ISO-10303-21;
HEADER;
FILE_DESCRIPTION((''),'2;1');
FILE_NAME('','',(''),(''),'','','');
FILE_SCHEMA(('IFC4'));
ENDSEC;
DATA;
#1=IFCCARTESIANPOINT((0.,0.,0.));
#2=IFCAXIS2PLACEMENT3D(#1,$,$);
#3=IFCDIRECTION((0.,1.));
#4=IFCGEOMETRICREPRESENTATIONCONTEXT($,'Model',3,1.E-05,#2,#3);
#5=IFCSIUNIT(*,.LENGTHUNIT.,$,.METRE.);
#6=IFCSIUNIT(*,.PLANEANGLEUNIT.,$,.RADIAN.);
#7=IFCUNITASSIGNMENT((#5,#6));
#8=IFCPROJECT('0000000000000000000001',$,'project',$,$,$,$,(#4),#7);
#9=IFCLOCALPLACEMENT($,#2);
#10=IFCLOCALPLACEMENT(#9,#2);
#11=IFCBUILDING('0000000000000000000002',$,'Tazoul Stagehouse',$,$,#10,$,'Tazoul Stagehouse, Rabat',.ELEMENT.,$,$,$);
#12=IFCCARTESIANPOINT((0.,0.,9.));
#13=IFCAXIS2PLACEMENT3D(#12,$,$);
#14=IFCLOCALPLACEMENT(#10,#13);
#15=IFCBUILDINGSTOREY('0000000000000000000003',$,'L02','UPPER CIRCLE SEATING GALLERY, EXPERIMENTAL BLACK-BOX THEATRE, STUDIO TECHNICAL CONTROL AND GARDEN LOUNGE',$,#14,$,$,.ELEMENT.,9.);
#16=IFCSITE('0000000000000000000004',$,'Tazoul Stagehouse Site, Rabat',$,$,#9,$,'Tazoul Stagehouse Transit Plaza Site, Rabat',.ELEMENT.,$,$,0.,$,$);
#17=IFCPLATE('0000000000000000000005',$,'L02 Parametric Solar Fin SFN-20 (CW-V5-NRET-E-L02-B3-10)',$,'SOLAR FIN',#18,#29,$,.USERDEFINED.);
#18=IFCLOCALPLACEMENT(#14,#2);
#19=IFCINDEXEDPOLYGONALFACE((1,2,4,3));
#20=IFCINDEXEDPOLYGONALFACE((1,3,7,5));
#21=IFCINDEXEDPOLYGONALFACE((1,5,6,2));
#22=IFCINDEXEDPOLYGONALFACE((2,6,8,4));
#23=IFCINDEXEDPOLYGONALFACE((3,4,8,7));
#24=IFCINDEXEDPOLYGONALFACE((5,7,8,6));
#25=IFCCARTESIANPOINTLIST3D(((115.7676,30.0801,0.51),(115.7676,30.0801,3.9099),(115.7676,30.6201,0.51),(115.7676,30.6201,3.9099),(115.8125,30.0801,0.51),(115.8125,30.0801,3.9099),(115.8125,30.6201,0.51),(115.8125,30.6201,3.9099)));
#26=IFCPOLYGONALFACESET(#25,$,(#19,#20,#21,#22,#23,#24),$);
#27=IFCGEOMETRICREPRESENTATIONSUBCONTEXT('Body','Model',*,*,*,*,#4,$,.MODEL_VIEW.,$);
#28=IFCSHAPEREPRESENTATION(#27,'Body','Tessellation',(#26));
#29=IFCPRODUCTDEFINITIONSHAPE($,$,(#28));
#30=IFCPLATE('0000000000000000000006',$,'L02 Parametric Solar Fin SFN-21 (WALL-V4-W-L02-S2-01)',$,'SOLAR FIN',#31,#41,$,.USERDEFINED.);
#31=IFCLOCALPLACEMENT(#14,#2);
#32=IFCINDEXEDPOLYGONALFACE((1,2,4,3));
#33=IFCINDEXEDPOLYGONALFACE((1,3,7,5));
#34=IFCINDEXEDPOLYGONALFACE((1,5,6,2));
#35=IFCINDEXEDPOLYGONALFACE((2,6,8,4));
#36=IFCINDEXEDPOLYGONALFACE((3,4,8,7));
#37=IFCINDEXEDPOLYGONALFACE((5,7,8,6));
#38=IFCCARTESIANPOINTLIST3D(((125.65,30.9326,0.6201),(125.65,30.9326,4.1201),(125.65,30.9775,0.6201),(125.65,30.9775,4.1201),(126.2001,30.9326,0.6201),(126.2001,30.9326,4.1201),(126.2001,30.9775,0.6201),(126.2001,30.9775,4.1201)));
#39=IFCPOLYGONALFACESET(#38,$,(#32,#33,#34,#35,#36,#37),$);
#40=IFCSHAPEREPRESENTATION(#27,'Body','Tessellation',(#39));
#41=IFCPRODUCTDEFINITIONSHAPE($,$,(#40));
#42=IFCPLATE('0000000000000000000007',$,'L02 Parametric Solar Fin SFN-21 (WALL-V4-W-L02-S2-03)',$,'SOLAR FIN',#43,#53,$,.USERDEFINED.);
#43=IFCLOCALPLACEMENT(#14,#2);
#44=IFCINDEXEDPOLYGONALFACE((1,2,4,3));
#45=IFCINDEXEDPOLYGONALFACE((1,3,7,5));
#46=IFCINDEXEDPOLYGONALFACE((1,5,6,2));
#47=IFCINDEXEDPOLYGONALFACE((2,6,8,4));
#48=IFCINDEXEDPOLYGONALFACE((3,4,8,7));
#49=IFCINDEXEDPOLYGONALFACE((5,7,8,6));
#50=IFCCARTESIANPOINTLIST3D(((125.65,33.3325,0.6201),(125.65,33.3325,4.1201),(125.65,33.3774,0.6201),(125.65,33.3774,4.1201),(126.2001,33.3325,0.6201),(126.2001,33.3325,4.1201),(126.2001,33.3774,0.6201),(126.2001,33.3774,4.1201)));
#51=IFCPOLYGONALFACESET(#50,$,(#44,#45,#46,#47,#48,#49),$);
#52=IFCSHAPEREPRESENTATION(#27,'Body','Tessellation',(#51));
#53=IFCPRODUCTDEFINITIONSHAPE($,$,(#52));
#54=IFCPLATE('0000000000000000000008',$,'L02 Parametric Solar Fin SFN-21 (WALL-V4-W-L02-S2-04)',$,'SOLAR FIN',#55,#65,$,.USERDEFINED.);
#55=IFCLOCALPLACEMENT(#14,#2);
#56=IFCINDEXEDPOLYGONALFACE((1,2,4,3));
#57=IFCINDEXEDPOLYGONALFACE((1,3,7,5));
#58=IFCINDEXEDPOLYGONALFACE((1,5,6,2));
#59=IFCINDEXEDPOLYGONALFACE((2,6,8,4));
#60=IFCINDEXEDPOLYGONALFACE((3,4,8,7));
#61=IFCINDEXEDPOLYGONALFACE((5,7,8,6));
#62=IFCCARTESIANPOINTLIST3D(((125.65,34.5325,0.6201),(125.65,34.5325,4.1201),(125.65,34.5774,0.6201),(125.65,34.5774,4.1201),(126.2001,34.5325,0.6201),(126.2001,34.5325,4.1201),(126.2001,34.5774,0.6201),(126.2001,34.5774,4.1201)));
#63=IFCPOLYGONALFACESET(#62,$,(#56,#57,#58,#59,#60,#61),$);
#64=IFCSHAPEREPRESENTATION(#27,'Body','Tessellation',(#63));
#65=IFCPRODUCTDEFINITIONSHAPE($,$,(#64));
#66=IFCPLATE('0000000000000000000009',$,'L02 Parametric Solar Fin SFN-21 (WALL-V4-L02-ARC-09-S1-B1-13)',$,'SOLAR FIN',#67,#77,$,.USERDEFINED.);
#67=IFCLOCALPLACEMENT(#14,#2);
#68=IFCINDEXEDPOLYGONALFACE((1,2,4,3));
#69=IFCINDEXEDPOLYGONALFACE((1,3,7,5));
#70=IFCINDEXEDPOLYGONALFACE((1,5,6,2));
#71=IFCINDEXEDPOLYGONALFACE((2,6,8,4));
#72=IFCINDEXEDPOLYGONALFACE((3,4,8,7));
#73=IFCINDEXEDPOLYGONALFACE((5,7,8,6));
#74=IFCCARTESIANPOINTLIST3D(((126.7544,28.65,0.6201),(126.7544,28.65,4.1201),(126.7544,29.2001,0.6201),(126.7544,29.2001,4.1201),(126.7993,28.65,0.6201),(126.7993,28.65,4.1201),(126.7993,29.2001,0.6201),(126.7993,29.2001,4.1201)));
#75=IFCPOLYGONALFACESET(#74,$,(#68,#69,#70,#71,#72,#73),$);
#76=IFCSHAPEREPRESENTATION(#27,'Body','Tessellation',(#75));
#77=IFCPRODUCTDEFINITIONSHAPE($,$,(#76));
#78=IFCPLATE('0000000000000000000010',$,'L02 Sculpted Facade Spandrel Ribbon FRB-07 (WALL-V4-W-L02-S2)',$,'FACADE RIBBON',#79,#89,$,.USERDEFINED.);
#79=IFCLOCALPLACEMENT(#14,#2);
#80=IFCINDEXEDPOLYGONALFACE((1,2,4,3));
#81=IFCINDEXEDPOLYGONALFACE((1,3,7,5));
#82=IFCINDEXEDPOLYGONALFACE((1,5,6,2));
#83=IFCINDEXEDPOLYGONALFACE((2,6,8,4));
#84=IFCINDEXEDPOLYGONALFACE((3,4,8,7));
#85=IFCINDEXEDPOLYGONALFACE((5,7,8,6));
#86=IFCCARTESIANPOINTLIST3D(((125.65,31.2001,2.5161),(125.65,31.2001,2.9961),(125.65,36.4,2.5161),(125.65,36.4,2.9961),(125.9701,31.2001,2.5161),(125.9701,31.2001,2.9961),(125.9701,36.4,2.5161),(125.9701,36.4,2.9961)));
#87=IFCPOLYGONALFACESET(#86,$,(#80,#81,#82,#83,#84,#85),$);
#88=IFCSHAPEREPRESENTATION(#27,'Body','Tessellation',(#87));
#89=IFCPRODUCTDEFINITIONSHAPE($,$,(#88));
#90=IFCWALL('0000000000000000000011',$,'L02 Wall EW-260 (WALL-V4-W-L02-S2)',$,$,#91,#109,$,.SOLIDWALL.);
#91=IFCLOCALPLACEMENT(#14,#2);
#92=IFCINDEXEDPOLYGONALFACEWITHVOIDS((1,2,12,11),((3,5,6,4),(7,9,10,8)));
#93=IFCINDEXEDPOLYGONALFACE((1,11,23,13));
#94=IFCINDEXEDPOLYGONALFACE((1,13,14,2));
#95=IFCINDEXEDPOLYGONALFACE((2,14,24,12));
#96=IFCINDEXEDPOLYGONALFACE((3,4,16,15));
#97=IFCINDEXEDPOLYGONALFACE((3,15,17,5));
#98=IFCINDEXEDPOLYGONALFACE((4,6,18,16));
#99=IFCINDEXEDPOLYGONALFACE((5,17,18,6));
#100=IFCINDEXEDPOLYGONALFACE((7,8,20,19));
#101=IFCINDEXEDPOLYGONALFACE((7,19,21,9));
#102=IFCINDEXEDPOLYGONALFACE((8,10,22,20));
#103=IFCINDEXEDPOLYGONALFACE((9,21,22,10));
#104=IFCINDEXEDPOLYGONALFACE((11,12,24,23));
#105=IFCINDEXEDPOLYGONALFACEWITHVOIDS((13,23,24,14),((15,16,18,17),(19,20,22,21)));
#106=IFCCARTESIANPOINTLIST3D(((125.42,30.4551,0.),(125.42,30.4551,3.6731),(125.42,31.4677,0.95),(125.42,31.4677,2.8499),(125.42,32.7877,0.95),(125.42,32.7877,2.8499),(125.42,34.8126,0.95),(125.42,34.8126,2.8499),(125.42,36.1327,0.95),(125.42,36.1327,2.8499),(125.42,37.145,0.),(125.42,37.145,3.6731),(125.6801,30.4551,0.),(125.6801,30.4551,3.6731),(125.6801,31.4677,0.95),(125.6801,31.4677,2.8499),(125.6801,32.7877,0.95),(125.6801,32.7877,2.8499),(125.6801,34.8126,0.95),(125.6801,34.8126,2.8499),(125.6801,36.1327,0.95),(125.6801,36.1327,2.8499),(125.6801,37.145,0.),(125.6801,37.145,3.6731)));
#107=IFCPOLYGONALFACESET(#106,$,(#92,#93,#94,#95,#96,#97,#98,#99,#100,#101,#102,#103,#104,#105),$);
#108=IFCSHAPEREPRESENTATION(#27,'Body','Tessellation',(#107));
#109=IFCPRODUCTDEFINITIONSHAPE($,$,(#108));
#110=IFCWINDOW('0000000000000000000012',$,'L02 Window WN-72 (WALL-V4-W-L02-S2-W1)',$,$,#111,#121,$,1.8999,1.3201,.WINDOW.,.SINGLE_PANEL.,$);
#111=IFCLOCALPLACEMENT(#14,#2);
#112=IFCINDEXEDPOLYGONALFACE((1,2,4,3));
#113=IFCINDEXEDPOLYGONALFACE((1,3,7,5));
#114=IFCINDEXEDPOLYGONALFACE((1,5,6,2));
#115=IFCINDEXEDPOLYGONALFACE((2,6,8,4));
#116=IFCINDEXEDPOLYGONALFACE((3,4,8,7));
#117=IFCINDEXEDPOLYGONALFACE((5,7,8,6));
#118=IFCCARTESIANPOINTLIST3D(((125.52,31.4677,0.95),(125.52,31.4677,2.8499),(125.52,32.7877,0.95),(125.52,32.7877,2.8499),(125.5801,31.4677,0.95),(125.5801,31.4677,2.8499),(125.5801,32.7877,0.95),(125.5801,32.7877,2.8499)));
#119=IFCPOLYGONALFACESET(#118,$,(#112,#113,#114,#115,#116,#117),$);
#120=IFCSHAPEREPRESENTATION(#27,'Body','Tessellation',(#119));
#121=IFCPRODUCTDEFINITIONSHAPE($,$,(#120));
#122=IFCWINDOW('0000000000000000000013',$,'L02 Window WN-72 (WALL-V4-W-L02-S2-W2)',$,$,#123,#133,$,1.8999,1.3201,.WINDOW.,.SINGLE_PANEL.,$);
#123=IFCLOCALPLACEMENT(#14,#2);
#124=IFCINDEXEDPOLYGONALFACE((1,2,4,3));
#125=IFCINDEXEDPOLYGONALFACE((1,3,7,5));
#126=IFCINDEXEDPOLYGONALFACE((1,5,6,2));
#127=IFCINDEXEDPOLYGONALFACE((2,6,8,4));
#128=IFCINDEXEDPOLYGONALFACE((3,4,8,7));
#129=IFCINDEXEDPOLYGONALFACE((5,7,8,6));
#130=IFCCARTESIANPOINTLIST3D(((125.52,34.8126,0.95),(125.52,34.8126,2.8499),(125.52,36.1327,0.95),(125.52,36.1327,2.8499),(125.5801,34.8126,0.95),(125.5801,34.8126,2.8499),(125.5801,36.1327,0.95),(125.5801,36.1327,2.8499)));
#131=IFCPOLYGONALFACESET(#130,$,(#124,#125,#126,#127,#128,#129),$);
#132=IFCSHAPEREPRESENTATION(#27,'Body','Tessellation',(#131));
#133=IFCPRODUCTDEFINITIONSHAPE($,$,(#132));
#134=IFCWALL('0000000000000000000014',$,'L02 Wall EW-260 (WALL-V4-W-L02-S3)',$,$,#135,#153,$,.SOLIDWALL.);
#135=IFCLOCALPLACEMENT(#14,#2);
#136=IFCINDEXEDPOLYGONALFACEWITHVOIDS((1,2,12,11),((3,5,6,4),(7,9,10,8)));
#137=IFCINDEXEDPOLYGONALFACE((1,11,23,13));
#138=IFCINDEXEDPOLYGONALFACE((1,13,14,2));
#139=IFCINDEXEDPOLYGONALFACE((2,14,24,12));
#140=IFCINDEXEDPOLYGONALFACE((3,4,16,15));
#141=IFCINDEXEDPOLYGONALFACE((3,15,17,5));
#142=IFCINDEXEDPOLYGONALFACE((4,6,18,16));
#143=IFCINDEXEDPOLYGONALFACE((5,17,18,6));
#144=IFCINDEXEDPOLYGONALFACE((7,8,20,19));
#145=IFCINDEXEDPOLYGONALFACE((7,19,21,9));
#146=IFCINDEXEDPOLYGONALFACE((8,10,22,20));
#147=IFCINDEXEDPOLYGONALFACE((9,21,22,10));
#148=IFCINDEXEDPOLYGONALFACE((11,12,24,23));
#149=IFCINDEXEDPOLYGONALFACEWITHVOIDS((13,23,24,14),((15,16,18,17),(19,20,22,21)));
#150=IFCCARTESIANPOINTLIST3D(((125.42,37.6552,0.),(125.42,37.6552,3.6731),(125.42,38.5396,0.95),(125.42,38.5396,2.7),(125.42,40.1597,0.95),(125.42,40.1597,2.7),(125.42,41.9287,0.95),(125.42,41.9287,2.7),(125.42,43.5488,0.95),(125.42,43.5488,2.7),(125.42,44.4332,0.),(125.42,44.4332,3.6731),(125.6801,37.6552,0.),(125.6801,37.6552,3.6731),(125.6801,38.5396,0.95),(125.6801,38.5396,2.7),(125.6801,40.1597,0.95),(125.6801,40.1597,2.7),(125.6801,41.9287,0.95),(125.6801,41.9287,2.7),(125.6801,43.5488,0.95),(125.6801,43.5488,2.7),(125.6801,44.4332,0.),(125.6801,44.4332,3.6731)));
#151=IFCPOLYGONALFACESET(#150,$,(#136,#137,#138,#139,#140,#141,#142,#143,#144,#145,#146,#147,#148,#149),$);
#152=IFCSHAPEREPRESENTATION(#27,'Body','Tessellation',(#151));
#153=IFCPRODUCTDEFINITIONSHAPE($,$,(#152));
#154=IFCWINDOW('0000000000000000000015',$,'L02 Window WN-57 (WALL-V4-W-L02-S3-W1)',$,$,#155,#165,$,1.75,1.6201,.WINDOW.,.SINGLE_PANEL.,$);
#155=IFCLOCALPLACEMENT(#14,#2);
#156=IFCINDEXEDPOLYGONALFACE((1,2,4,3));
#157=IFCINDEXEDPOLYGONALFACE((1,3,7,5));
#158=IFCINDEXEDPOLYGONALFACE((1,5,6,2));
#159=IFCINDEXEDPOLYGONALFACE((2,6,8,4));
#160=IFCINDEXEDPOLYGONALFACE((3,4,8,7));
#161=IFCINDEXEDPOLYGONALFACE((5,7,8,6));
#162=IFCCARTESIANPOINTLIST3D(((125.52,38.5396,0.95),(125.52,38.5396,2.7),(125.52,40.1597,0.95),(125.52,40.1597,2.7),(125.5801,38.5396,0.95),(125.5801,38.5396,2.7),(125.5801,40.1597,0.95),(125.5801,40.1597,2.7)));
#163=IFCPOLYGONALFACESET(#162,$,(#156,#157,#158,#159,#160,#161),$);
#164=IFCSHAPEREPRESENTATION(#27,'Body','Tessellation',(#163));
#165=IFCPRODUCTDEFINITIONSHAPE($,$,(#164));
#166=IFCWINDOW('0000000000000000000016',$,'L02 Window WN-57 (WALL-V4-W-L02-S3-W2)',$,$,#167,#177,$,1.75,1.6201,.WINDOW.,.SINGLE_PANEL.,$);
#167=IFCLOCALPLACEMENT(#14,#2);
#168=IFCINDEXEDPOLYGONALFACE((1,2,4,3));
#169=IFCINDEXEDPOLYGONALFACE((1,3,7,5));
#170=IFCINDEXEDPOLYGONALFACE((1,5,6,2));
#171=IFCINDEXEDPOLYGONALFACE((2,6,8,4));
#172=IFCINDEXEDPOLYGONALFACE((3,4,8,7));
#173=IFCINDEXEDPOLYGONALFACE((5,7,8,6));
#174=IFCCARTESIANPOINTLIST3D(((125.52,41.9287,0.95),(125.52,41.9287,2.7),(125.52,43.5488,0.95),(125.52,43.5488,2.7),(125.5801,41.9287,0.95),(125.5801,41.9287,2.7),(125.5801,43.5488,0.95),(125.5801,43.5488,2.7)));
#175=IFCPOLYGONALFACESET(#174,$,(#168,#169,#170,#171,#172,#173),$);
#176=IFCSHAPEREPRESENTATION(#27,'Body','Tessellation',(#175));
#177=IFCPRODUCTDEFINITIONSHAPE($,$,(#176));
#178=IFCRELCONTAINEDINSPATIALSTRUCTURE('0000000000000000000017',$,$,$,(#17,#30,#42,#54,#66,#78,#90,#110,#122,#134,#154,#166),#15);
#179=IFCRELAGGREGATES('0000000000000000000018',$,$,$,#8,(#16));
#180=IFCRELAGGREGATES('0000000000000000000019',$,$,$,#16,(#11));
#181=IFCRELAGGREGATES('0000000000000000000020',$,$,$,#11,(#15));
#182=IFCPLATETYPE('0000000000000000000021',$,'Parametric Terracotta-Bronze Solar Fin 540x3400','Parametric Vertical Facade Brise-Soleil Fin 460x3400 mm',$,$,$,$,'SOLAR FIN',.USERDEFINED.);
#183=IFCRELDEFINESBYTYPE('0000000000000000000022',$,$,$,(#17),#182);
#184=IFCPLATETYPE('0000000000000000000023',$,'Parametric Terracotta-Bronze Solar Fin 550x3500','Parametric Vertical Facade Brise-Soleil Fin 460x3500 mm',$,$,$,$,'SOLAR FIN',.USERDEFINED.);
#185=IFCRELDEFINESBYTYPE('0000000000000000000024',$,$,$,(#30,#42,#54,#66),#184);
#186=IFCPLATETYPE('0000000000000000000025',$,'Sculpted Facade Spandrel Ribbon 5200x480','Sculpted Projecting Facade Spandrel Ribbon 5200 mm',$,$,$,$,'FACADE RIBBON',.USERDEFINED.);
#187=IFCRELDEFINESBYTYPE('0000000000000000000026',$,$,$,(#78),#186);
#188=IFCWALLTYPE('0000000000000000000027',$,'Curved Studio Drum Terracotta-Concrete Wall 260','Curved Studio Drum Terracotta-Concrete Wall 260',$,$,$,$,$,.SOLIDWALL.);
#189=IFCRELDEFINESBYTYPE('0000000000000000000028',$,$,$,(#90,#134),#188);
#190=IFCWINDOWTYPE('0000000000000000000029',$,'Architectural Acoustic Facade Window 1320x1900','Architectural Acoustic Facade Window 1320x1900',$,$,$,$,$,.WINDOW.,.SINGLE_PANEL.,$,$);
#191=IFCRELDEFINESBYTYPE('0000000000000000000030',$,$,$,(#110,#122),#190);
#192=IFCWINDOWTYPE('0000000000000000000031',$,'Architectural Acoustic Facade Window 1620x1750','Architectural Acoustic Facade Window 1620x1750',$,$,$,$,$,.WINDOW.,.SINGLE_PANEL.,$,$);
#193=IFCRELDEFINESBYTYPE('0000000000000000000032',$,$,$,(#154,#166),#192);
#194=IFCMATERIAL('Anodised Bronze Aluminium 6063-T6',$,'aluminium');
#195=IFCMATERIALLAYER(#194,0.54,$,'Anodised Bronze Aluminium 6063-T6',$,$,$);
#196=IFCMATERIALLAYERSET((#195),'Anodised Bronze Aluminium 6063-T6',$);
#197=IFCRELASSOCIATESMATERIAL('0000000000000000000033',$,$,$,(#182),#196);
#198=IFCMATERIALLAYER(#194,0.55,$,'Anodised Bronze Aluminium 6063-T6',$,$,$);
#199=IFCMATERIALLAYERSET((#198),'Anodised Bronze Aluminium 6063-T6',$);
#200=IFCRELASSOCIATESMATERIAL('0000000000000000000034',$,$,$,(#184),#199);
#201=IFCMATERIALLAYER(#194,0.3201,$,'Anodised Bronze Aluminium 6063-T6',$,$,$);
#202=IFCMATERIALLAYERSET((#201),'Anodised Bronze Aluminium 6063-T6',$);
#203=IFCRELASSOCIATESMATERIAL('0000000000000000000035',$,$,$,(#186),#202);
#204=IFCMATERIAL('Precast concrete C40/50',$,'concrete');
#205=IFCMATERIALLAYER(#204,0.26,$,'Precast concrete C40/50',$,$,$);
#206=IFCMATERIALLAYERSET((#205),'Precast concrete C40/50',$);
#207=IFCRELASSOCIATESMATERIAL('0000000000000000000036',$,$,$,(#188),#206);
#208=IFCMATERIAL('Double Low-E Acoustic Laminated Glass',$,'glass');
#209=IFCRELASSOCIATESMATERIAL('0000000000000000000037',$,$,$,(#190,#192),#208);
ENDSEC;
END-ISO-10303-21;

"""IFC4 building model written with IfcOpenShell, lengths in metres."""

from ifc_helpers import new_model, si_unit, direction, frame, frame_2d, origin, origin_2d, place, context, subcontext, project, spatial, rectangle, extrude, material, layer, layer_set, type_object, element, fill, save


model = new_model("IFC4")

# Units and contexts
model_context = context("Model", 3, precision=1e-05, world=origin(), true_north=direction((0.0, 1.0)))
body_context = subcontext(model_context, "Body", "Model", "MODEL_VIEW")
ifc_project = project(units=[si_unit("LENGTHUNIT", "METRE"), si_unit("PLANEANGLEUNIT", "RADIAN")], contexts=[model_context])

# Site, building, storey
site_placement = place(None, origin())
site = spatial("IfcSite", under=ifc_project, at=site_placement, Name="Tazoul Stagehouse Site, Rabat", LongName="Tazoul Stagehouse Transit Plaza Site, Rabat", CompositionType="ELEMENT", RefElevation=0.0)
building_placement = place(site_placement, origin())
building = spatial("IfcBuilding", under=site, at=building_placement, Name="Tazoul Stagehouse", LongName="Tazoul Stagehouse, Rabat", CompositionType="ELEMENT")
storey_placement = place(building_placement, frame((0.0, 0.0, 9.0)))
storey = spatial("IfcBuildingStorey", under=building, at=storey_placement, Name="L02", Description="UPPER CIRCLE SEATING GALLERY, EXPERIMENTAL BLACK-BOX THEATRE, STUDIO TECHNICAL CONTROL AND GARDEN LOUNGE", CompositionType="ELEMENT", Elevation=9.0)

# Plates
ifc_material_1 = material(Name="Anodised Bronze Aluminium 6063-T6", Category="aluminium")
ifc_layer_1 = layer(ifc_material_1, 0.54, Name="Anodised Bronze Aluminium 6063-T6")
ifc_layer_set_1 = layer_set([ifc_layer_1], Name="Anodised Bronze Aluminium 6063-T6")
plate_type_1 = type_object("IfcPlateType", Name="Parametric Terracotta-Bronze Solar Fin 540x3400", Description="Parametric Vertical Facade Brise-Soleil Fin 460x3400 mm", ElementType="SOLAR FIN", PredefinedType="USERDEFINED", material=ifc_layer_set_1)
for number, where, z_axis, x_axis, name in (
    (1, (115.79, 30.3501, 0.51), (0.0, 0.0, 1.0), (1.0, 0.0, 0.0), "L02 Parametric Solar Fin SFN-20 (CW-V5-NRET-E-L02-B3-10)"),
):
    element("IfcPlate", number, at=place(storey_placement, frame(where, z_axis=z_axis, x_axis=x_axis)), inside=storey, type_object=plate_type_1, Name=name, ObjectType="SOLAR FIN", PredefinedType="USERDEFINED", context=body_context, shape_type="SweptSolid", body=[
        extrude(rectangle(XDim=0.0449, YDim=0.54, at=origin_2d()), origin(), (0.0, 0.0, 1.0), 3.3999),
    ])
ifc_layer_2 = layer(ifc_material_1, 0.55, Name="Anodised Bronze Aluminium 6063-T6")
ifc_layer_set_2 = layer_set([ifc_layer_2], Name="Anodised Bronze Aluminium 6063-T6")
plate_type_2 = type_object("IfcPlateType", Name="Parametric Terracotta-Bronze Solar Fin 550x3500", Description="Parametric Vertical Facade Brise-Soleil Fin 460x3500 mm", ElementType="SOLAR FIN", PredefinedType="USERDEFINED", material=ifc_layer_set_2)
for number, where, z_axis, x_axis, name in (
    (2, (125.925, 30.9551, 0.6201), (0.0, 0.0, 1.0), (0.0, 1.0, 0.0), "L02 Parametric Solar Fin SFN-21 (WALL-V4-W-L02-S2-01)"),
    (3, (125.925, 33.355, 0.6201), (0.0, 0.0, 1.0), (0.0, 1.0, 0.0), "L02 Parametric Solar Fin SFN-21 (WALL-V4-W-L02-S2-03)"),
    (4, (125.925, 34.5549, 0.6201), (0.0, 0.0, 1.0), (0.0, 1.0, 0.0), "L02 Parametric Solar Fin SFN-21 (WALL-V4-W-L02-S2-04)"),
    (5, (126.7769, 28.925, 0.6201), (0.0, 0.0, 1.0), (-1.0, 0.0, 0.0), "L02 Parametric Solar Fin SFN-21 (WALL-V4-L02-ARC-09-S1-B1-13)"),
):
    element("IfcPlate", number, at=place(storey_placement, frame(where, z_axis=z_axis, x_axis=x_axis)), inside=storey, type_object=plate_type_2, Name=name, ObjectType="SOLAR FIN", PredefinedType="USERDEFINED", context=body_context, shape_type="SweptSolid", body=[
        extrude(rectangle(XDim=0.0449, YDim=0.55, at=origin_2d()), origin(), (0.0, 0.0, 1.0), 3.5),
    ])
ifc_layer_3 = layer(ifc_material_1, 0.3201, Name="Anodised Bronze Aluminium 6063-T6")
ifc_layer_set_3 = layer_set([ifc_layer_3], Name="Anodised Bronze Aluminium 6063-T6")
plate_type_3 = type_object("IfcPlateType", Name="Sculpted Facade Spandrel Ribbon 5200x480", Description="Sculpted Projecting Facade Spandrel Ribbon 5200 mm", ElementType="FACADE RIBBON", PredefinedType="USERDEFINED", material=ifc_layer_set_3)
plate_placement = place(storey_placement, frame((125.8101, 33.8, 2.5161), z_axis=(0.0, 0.0, 1.0), x_axis=(0.0, 1.0, 0.0)))
element("IfcPlate", 6, at=plate_placement, inside=storey, type_object=plate_type_3, Name="L02 Sculpted Facade Spandrel Ribbon FRB-07 (WALL-V4-W-L02-S2)", ObjectType="FACADE RIBBON", PredefinedType="USERDEFINED", context=body_context, shape_type="SweptSolid", body=[
    extrude(rectangle(XDim=5.2, YDim=0.3201, at=origin_2d()), origin(), (0.0, 0.0, 1.0), 0.48),
])

# Walls, openings, windows
ifc_material_2 = material(Name="Precast concrete C40/50", Category="concrete")
ifc_layer_4 = layer(ifc_material_2, 0.26, Name="Precast concrete C40/50")
ifc_layer_set_4 = layer_set([ifc_layer_4], Name="Precast concrete C40/50")
wall_type = type_object("IfcWallType", Name="Curved Studio Drum Terracotta-Concrete Wall 260", Description="Curved Studio Drum Terracotta-Concrete Wall 260", PredefinedType="SOLIDWALL", material=ifc_layer_set_4)
wall_1_placement = place(storey_placement, frame((125.55, 30.4551, 0.0), z_axis=(0.0, 0.0, 1.0), x_axis=(0.0, 1.0, 0.0)))
wall_1 = element("IfcWall", 7, at=wall_1_placement, inside=storey, type_object=wall_type, Name="L02 Wall EW-260 (WALL-V4-W-L02-S2)", PredefinedType="SOLIDWALL", context=body_context, shape_type="SweptSolid", body=[
    extrude(rectangle(XDim=6.6899, YDim=0.26, at=frame_2d((3.345, 0.0))), origin(), (0.0, 0.0, 1.0), 3.6731),
])
opening_1_placement = place(wall_1_placement, frame((1.0125, 0.0, 0.95)))
opening_1 = element("IfcOpeningElement", 8, at=opening_1_placement, cuts=wall_1, PredefinedType="OPENING", context=body_context, shape_type="SweptSolid", body=[
    extrude(rectangle(XDim=1.3201, YDim=1.8999, at=frame_2d((0.6602, 0.95))), frame((0.0, 0.1499, 0.0), z_axis=(0.0, -1.0, 0.0), x_axis=(1.0, 0.0, 0.0)), (0.0, 0.0, 1.0), 0.3),
])
opening_2_placement = place(wall_1_placement, frame((4.3574, 0.0, 0.95)))
opening_2 = element("IfcOpeningElement", 9, at=opening_2_placement, cuts=wall_1, PredefinedType="OPENING", context=body_context, shape_type="SweptSolid", body=[
    extrude(rectangle(XDim=1.3201, YDim=1.8999, at=frame_2d((0.6602, 0.95))), frame((0.0, 0.1499, 0.0), z_axis=(0.0, -1.0, 0.0), x_axis=(1.0, 0.0, 0.0)), (0.0, 0.0, 1.0), 0.3),
])
ifc_material_3 = material(Name="Double Low-E Acoustic Laminated Glass", Category="glass")
window_type_1 = type_object("IfcWindowType", Name="Architectural Acoustic Facade Window 1320x1900", Description="Architectural Acoustic Facade Window 1320x1900", PartitioningType="SINGLE_PANEL", PredefinedType="WINDOW", material=ifc_material_3)
window_1_placement = place(opening_1_placement, origin())
window_1 = element("IfcWindow", 10, at=window_1_placement, inside=storey, type_object=window_type_1, Name="L02 Window WN-72 (WALL-V4-W-L02-S2-W1)", OverallHeight=1.8999, OverallWidth=1.3201, PartitioningType="SINGLE_PANEL", PredefinedType="WINDOW", context=body_context, shape_type="SweptSolid", body=[
    extrude(rectangle(XDim=1.3201, YDim=1.8999, at=frame_2d((0.6602, 0.95))), frame((0.0, 0.03, 0.0), z_axis=(0.0, -1.0, 0.0), x_axis=(1.0, 0.0, 0.0)), (0.0, 0.0, 1.0), 0.0601),
])
fill(opening_1, window_1)
window_2_placement = place(opening_2_placement, origin())
window_2 = element("IfcWindow", 11, at=window_2_placement, inside=storey, type_object=window_type_1, Name="L02 Window WN-72 (WALL-V4-W-L02-S2-W2)", OverallHeight=1.8999, OverallWidth=1.3201, PartitioningType="SINGLE_PANEL", PredefinedType="WINDOW", context=body_context, shape_type="SweptSolid", body=[
    extrude(rectangle(XDim=1.3201, YDim=1.8999, at=frame_2d((0.6602, 0.95))), frame((0.0, 0.03, 0.0), z_axis=(0.0, -1.0, 0.0), x_axis=(1.0, 0.0, 0.0)), (0.0, 0.0, 1.0), 0.0601),
])
fill(opening_2, window_2)
wall_2_placement = place(storey_placement, frame((125.55, 37.655, 0.0), z_axis=(0.0, 0.0, 1.0), x_axis=(0.0, 1.0, 0.0)))
wall_2 = element("IfcWall", 12, at=wall_2_placement, inside=storey, type_object=wall_type, Name="L02 Wall EW-260 (WALL-V4-W-L02-S3)", PredefinedType="SOLIDWALL", context=body_context, shape_type="SweptSolid", body=[
    extrude(rectangle(XDim=6.7781, YDim=0.26, at=frame_2d((3.3892, 0.0))), origin(), (0.0, 0.0, 1.0), 3.6731),
])
opening_3_placement = place(wall_2_placement, frame((0.8845, 0.0, 0.95)))
opening_3 = element("IfcOpeningElement", 13, at=opening_3_placement, cuts=wall_2, PredefinedType="OPENING", context=body_context, shape_type="SweptSolid", body=[
    extrude(rectangle(XDim=1.6201, YDim=1.75, at=frame_2d((0.8101, 0.875))), frame((0.0, 0.1499, 0.0), z_axis=(0.0, -1.0, 0.0), x_axis=(1.0, 0.0, 0.0)), (0.0, 0.0, 1.0), 0.3),
])
opening_4_placement = place(wall_2_placement, frame((4.2737, 0.0, 0.95)))
opening_4 = element("IfcOpeningElement", 14, at=opening_4_placement, cuts=wall_2, PredefinedType="OPENING", context=body_context, shape_type="SweptSolid", body=[
    extrude(rectangle(XDim=1.6201, YDim=1.75, at=frame_2d((0.8101, 0.875))), frame((0.0, 0.1499, 0.0), z_axis=(0.0, -1.0, 0.0), x_axis=(1.0, 0.0, 0.0)), (0.0, 0.0, 1.0), 0.3),
])
window_type_2 = type_object("IfcWindowType", Name="Architectural Acoustic Facade Window 1620x1750", Description="Architectural Acoustic Facade Window 1620x1750", PartitioningType="SINGLE_PANEL", PredefinedType="WINDOW", material=ifc_material_3)
window_3_placement = place(opening_3_placement, origin())
window_3 = element("IfcWindow", 15, at=window_3_placement, inside=storey, type_object=window_type_2, Name="L02 Window WN-57 (WALL-V4-W-L02-S3-W1)", OverallHeight=1.75, OverallWidth=1.6201, PartitioningType="SINGLE_PANEL", PredefinedType="WINDOW", context=body_context, shape_type="SweptSolid", body=[
    extrude(rectangle(XDim=1.6201, YDim=1.75, at=frame_2d((0.8101, 0.875))), frame((0.0, 0.03, 0.0), z_axis=(0.0, -1.0, 0.0), x_axis=(1.0, 0.0, 0.0)), (0.0, 0.0, 1.0), 0.0601),
])
fill(opening_3, window_3)
window_4_placement = place(opening_4_placement, origin())
window_4 = element("IfcWindow", 16, at=window_4_placement, inside=storey, type_object=window_type_2, Name="L02 Window WN-57 (WALL-V4-W-L02-S3-W2)", OverallHeight=1.75, OverallWidth=1.6201, PartitioningType="SINGLE_PANEL", PredefinedType="WINDOW", context=body_context, shape_type="SweptSolid", body=[
    extrude(rectangle(XDim=1.6201, YDim=1.75, at=frame_2d((0.8101, 0.875))), frame((0.0, 0.03, 0.0), z_axis=(0.0, -1.0, 0.0), x_axis=(1.0, 0.0, 0.0)), (0.0, 0.0, 1.0), 0.0601),
])
fill(opening_4, window_4)

save(model, "model.ifc")
